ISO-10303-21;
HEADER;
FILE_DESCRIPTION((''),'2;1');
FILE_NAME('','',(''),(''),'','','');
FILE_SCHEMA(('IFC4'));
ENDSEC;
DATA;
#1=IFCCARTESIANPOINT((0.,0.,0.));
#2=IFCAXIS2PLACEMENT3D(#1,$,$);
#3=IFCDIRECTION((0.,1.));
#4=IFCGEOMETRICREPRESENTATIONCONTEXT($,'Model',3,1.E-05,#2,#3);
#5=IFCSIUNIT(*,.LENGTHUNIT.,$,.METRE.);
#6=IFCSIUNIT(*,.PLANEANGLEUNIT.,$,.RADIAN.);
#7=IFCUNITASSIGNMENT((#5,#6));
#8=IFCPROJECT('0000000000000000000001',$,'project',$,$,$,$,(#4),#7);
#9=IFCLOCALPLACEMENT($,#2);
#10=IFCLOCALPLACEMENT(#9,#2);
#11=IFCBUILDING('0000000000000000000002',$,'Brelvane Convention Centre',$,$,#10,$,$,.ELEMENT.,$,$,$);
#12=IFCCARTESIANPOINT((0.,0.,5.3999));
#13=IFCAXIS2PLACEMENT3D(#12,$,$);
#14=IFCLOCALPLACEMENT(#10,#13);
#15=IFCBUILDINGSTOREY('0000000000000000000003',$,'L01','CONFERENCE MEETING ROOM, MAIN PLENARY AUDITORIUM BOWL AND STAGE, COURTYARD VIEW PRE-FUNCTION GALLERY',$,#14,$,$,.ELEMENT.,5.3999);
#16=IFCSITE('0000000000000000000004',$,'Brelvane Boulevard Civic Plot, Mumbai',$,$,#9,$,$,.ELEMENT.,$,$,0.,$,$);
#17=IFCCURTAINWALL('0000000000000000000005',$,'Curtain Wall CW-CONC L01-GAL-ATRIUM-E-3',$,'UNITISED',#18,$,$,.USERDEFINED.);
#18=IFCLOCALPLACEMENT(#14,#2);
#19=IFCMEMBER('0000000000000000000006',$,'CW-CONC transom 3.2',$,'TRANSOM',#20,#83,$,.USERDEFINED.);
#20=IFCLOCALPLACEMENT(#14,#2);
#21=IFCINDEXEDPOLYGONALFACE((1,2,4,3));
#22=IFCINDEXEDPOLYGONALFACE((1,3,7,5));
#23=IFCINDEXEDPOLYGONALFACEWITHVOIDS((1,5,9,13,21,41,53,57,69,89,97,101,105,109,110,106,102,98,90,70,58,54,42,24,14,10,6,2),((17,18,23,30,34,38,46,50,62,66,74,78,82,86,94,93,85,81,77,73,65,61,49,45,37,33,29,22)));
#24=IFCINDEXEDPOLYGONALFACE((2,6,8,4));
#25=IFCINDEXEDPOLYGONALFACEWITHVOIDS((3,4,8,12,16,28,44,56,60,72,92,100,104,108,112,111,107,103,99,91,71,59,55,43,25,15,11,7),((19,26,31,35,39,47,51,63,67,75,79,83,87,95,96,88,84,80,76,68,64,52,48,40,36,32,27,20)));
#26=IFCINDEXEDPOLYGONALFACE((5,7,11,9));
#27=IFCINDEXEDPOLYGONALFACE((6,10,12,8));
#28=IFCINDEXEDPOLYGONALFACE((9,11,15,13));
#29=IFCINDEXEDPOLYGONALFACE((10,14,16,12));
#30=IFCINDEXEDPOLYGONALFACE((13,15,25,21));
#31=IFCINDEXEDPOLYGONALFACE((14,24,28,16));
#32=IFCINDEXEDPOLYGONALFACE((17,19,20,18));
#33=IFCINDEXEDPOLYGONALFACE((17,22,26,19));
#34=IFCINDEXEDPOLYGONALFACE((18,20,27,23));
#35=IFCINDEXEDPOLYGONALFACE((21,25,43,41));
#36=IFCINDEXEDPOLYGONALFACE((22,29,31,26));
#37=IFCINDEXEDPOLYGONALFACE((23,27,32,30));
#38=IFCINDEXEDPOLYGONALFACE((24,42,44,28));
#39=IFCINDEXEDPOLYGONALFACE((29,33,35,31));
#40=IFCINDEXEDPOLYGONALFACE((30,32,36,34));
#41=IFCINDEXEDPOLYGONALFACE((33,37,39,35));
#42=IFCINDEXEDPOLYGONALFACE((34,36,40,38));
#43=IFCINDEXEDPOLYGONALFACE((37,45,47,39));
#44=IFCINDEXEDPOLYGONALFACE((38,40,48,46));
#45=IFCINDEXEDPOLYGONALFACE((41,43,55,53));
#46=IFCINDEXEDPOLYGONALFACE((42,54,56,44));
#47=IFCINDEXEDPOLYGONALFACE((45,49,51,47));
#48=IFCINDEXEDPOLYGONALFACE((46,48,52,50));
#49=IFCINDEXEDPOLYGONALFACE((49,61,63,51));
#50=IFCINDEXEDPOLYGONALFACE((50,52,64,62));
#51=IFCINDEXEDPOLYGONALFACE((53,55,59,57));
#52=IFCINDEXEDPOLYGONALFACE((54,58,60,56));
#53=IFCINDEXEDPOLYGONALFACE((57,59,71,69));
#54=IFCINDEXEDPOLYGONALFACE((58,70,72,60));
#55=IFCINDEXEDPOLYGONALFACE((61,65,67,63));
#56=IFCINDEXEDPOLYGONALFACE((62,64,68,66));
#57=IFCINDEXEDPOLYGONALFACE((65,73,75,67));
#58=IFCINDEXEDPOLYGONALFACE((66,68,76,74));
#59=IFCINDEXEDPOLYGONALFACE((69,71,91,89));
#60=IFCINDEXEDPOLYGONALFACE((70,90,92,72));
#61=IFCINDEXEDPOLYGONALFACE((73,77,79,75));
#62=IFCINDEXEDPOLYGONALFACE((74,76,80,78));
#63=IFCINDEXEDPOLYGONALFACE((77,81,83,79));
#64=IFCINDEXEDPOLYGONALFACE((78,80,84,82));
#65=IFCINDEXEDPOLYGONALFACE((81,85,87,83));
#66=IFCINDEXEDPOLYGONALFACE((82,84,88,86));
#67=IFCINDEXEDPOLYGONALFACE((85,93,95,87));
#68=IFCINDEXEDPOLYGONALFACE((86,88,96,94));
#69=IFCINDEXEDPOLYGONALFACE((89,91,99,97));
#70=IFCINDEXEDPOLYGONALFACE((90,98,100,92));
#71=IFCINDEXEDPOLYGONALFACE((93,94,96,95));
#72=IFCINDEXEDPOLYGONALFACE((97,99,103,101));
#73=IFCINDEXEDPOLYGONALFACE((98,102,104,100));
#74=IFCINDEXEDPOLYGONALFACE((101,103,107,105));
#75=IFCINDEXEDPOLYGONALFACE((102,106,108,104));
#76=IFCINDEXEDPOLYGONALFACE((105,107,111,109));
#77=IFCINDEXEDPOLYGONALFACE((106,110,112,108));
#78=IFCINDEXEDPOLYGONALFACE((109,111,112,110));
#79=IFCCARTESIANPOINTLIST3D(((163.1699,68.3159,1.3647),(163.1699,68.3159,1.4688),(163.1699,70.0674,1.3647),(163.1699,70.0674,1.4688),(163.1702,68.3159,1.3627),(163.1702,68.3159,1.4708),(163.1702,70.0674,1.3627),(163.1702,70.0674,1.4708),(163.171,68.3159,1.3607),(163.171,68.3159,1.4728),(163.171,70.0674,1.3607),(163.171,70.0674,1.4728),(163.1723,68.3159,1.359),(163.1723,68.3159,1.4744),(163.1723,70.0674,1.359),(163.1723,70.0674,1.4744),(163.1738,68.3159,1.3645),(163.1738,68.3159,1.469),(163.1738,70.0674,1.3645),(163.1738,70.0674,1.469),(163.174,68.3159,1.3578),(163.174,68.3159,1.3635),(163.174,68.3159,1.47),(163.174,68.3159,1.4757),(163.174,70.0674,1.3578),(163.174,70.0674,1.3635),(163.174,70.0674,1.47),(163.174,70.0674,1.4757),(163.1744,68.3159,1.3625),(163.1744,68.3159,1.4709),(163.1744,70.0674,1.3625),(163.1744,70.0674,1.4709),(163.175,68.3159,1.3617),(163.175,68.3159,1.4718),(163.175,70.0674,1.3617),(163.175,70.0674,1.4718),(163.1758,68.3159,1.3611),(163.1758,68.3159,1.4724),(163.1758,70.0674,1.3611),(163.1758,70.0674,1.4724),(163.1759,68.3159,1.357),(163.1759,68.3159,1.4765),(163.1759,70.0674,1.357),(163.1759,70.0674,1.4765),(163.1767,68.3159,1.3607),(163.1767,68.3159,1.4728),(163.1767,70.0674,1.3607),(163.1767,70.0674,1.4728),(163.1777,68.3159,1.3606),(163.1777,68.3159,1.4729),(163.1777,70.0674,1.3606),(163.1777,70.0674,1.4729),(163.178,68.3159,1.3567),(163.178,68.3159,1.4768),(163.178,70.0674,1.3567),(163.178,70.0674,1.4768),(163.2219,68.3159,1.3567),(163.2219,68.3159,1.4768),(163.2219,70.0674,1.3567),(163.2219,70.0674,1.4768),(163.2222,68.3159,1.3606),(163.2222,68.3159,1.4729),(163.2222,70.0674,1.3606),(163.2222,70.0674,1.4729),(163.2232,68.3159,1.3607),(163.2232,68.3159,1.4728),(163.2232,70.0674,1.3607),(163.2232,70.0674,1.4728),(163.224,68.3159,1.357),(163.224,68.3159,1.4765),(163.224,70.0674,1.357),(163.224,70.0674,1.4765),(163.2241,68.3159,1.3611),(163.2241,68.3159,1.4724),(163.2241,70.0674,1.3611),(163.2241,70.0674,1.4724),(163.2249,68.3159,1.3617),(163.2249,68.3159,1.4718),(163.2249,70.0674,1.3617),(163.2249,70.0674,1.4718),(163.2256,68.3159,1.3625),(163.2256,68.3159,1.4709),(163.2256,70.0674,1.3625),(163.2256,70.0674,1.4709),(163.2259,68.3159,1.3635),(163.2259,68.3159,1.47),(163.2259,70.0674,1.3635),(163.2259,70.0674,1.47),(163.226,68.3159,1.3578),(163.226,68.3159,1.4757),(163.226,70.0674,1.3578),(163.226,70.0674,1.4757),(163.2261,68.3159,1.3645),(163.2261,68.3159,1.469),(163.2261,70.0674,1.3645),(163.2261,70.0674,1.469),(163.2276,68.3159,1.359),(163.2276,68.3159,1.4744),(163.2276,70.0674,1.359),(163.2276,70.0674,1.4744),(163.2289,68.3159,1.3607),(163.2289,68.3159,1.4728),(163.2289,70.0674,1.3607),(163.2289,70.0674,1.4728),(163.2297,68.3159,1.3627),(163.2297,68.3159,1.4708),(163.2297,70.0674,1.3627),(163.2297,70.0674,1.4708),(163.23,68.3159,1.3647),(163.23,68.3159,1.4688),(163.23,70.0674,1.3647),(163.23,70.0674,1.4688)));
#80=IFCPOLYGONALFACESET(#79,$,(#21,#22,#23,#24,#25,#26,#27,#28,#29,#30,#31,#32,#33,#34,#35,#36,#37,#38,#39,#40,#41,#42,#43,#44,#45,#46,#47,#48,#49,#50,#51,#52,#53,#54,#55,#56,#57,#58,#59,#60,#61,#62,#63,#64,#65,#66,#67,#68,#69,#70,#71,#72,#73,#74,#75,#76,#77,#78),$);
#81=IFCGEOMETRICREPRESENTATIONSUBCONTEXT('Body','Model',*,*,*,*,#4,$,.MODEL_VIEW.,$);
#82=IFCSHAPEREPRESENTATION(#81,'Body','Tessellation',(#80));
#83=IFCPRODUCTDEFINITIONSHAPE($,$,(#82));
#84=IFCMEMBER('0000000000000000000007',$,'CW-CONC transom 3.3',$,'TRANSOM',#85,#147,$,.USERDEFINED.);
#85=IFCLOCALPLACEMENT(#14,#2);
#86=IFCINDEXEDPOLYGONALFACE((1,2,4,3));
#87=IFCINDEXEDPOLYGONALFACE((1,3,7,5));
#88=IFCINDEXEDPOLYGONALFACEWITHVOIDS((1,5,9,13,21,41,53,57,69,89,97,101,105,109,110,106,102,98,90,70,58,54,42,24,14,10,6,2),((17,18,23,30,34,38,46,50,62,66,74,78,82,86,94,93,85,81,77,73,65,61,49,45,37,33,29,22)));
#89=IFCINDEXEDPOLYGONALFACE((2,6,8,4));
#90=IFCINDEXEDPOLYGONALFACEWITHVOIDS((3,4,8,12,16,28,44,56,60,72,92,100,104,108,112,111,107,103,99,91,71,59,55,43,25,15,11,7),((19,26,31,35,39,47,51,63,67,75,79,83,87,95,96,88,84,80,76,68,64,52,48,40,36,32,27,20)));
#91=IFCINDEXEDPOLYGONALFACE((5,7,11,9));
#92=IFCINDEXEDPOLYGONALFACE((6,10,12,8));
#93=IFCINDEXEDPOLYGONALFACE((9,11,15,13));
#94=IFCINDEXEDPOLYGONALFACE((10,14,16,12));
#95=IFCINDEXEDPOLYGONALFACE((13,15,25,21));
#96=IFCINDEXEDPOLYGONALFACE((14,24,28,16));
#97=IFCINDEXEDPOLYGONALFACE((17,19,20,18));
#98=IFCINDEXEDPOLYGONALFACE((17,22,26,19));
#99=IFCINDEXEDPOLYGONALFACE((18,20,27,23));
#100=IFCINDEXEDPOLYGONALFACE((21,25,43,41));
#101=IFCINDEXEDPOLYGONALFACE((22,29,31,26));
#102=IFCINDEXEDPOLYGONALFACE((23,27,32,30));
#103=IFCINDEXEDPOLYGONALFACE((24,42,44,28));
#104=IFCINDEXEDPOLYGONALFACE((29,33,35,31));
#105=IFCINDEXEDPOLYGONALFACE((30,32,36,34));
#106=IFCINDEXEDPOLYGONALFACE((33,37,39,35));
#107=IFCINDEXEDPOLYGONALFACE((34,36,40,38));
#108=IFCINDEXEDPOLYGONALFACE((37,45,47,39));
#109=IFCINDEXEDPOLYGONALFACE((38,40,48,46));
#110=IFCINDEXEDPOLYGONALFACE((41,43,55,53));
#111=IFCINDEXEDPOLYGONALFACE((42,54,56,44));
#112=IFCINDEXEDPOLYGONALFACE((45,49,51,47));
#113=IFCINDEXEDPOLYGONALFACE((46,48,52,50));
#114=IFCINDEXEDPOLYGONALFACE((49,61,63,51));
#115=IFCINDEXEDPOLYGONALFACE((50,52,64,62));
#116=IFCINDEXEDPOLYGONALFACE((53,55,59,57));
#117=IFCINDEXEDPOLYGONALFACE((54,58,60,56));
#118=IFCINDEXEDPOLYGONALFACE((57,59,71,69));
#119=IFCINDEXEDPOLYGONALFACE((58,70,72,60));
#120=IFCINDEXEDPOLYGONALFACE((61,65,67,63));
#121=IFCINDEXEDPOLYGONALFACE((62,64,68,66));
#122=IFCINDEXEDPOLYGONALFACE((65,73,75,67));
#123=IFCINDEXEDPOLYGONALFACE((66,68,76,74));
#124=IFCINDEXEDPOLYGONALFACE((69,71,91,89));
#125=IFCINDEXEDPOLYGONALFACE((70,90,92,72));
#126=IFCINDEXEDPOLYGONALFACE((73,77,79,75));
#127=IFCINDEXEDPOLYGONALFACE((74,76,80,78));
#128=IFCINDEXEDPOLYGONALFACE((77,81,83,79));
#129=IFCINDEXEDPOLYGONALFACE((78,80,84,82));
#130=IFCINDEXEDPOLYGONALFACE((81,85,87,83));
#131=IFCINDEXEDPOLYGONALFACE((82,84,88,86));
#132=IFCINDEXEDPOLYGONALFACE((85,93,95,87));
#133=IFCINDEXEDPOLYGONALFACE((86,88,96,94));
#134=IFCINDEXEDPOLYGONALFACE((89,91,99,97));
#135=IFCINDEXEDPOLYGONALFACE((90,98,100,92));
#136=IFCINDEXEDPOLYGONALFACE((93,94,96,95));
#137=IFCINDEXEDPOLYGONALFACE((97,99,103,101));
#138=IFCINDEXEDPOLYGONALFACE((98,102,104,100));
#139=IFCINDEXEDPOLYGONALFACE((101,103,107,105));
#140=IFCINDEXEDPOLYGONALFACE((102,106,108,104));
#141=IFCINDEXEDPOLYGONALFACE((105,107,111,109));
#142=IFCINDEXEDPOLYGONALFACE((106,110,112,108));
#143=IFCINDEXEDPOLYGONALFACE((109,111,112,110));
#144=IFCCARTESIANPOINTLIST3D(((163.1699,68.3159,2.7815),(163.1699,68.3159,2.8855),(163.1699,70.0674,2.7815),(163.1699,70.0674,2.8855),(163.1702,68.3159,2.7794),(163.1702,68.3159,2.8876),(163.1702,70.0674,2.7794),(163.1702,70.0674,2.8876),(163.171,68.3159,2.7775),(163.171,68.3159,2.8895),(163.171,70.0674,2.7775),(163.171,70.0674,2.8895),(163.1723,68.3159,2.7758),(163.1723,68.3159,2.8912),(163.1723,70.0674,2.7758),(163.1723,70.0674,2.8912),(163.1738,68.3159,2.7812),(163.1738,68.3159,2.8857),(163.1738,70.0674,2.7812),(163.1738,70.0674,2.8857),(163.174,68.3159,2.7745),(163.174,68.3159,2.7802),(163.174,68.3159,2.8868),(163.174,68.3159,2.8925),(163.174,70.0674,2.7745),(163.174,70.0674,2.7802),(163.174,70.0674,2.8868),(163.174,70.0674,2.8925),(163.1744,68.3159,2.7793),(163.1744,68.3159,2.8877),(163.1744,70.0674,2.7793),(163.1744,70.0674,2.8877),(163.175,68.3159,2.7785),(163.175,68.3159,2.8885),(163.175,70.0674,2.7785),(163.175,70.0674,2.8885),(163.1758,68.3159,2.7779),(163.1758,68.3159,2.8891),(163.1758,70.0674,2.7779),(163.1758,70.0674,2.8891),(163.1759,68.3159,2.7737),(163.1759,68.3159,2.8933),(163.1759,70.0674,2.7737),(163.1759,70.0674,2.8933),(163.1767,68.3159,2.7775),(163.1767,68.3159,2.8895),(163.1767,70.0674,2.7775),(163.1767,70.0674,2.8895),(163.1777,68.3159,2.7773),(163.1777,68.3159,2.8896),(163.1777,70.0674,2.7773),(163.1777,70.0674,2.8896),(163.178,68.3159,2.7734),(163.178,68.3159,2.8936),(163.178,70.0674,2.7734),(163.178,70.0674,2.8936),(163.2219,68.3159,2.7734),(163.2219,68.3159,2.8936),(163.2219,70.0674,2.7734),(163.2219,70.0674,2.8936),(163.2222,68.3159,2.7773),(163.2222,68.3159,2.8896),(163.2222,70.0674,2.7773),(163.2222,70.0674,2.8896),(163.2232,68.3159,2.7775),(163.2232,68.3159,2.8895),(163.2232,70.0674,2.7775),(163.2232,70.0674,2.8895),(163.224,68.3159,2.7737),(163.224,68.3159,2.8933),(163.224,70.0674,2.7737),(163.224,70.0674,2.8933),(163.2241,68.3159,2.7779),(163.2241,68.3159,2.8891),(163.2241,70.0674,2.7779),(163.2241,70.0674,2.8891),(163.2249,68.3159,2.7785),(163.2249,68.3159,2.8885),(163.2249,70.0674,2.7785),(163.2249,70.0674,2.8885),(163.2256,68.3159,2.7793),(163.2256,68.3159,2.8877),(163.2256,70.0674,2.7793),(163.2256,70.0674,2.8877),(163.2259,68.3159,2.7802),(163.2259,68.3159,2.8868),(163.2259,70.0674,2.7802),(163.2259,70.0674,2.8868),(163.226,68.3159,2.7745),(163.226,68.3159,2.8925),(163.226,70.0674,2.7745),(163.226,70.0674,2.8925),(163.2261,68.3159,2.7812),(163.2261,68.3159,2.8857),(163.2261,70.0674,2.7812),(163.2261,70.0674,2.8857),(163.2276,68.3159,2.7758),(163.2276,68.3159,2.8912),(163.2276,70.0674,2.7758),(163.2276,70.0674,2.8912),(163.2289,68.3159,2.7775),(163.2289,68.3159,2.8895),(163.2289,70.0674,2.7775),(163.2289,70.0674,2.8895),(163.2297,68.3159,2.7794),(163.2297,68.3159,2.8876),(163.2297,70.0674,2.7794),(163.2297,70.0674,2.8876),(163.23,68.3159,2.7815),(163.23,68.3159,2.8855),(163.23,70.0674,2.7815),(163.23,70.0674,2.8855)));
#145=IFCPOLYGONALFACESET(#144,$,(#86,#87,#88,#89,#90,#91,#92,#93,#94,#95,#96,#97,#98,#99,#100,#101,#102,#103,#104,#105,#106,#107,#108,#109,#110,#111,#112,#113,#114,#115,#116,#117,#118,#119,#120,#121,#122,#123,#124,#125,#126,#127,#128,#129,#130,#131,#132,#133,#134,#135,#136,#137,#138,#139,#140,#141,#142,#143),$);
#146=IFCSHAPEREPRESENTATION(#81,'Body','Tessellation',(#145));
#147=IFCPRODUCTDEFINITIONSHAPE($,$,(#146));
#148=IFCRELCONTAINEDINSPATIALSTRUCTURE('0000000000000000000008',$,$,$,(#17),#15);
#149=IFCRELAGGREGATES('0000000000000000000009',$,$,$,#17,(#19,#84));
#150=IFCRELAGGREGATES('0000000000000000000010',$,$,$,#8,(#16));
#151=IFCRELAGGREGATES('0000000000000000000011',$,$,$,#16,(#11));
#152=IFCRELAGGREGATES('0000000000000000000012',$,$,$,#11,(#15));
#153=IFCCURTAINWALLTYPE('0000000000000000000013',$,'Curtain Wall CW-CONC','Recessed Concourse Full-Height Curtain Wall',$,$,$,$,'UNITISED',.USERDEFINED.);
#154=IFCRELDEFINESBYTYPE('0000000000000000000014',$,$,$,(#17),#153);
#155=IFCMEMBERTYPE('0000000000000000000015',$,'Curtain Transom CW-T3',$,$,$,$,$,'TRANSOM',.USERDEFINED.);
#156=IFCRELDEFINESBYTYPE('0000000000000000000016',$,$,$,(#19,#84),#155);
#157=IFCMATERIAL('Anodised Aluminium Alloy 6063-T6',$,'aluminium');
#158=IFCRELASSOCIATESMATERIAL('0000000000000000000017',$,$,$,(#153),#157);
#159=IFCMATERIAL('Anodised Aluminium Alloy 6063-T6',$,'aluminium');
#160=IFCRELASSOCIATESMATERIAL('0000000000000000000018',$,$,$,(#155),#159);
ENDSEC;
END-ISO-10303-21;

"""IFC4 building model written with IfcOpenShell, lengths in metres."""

from ifc_helpers import new_model, si_unit, direction, frame, origin, origin_2d, place, context, subcontext, project, spatial, hollow_rectangle, extrude, material, material_profile, profile_set, type_object, element, aggregate, save


model = new_model("IFC4")

# Units and contexts
model_context = context("Model", 3, precision=1e-05, world=origin(), true_north=direction((0.0, 1.0)))
body_context = subcontext(model_context, "Body", "Model", "MODEL_VIEW")
ifc_project = project(units=[si_unit("LENGTHUNIT", "METRE"), si_unit("PLANEANGLEUNIT", "RADIAN")], contexts=[model_context])

# Site, building, storey
site_placement = place(None, origin())
site = spatial("IfcSite", under=ifc_project, at=site_placement, Name="Brelvane Boulevard Civic Plot, Mumbai", CompositionType="ELEMENT", RefElevation=0.0)
building_placement = place(site_placement, origin())
building = spatial("IfcBuilding", under=site, at=building_placement, Name="Brelvane Convention Centre", CompositionType="ELEMENT")
storey_placement = place(building_placement, frame((0.0, 0.0, 5.3999)))
storey = spatial("IfcBuildingStorey", under=building, at=storey_placement, Name="L01", Description="CONFERENCE MEETING ROOM, MAIN PLENARY AUDITORIUM BOWL AND STAGE, COURTYARD VIEW PRE-FUNCTION GALLERY", CompositionType="ELEMENT", Elevation=5.3999)

# Curtain wall, members
ifc_material_1 = material(Name="Anodised Aluminium Alloy 6063-T6", Category="aluminium")
curtain_wall_type = type_object("IfcCurtainWallType", Name="Curtain Wall CW-CONC", Description="Recessed Concourse Full-Height Curtain Wall", ElementType="UNITISED", PredefinedType="USERDEFINED", material=ifc_material_1)
curtain_wall_placement = place(storey_placement, origin())
curtain_wall = element("IfcCurtainWall", 1, at=curtain_wall_placement, inside=storey, type_object=curtain_wall_type, Name="Curtain Wall CW-CONC L01-GAL-ATRIUM-E-3", ObjectType="UNITISED", PredefinedType="USERDEFINED")
ifc_material_2 = material(Name="Anodised Aluminium Alloy 6063-T6", Category="aluminium")
ifc_material_profile_1 = material_profile(ifc_material_2, hollow_rectangle(XDim=0.0601, YDim=0.1201, WallThickness=0.0039, InnerFilletRadius=0.0039, OuterFilletRadius=0.0081, at=origin_2d()), Name="ALU-T 120x60x4.0")
ifc_profile_set_1 = profile_set([ifc_material_profile_1], Name="Anodised Aluminium Alloy 6063-T6")
member_type_1 = type_object("IfcMemberType", Name="Curtain Transom CW-T3", ElementType="TRANSOM", PredefinedType="USERDEFINED", material=ifc_profile_set_1)
member_1_placement = place(storey_placement, frame((163.2, 68.3159, 1.4167), z_axis=(0.0, 1.0, 0.0), x_axis=(-1.0, 0.0, 0.0)))
member_1 = element("IfcMember", 2, at=member_1_placement, type_object=member_type_1, Name="CW-CONC transom 3.2", ObjectType="TRANSOM", PredefinedType="USERDEFINED", context=body_context, shape_type="SweptSolid", body=[
    extrude(hollow_rectangle(XDim=0.0601, YDim=0.1201, WallThickness=0.0039, InnerFilletRadius=0.0039, OuterFilletRadius=0.0081, at=origin_2d()), origin(), (0.0, 0.0, 1.0), 1.7515),
])
member_2_placement = place(storey_placement, frame((163.2, 68.3159, 2.8335), z_axis=(0.0, 1.0, 0.0), x_axis=(-1.0, 0.0, 0.0)))
member_2 = element("IfcMember", 3, at=member_2_placement, type_object=member_type_1, Name="CW-CONC transom 3.3", ObjectType="TRANSOM", PredefinedType="USERDEFINED", context=body_context, shape_type="SweptSolid", body=[
    extrude(hollow_rectangle(XDim=0.0601, YDim=0.1201, WallThickness=0.0039, InnerFilletRadius=0.0039, OuterFilletRadius=0.0081, at=origin_2d()), origin(), (0.0, 0.0, 1.0), 1.7515),
])

aggregate(curtain_wall, [member_1, member_2])

save(model, "model.ifc")
